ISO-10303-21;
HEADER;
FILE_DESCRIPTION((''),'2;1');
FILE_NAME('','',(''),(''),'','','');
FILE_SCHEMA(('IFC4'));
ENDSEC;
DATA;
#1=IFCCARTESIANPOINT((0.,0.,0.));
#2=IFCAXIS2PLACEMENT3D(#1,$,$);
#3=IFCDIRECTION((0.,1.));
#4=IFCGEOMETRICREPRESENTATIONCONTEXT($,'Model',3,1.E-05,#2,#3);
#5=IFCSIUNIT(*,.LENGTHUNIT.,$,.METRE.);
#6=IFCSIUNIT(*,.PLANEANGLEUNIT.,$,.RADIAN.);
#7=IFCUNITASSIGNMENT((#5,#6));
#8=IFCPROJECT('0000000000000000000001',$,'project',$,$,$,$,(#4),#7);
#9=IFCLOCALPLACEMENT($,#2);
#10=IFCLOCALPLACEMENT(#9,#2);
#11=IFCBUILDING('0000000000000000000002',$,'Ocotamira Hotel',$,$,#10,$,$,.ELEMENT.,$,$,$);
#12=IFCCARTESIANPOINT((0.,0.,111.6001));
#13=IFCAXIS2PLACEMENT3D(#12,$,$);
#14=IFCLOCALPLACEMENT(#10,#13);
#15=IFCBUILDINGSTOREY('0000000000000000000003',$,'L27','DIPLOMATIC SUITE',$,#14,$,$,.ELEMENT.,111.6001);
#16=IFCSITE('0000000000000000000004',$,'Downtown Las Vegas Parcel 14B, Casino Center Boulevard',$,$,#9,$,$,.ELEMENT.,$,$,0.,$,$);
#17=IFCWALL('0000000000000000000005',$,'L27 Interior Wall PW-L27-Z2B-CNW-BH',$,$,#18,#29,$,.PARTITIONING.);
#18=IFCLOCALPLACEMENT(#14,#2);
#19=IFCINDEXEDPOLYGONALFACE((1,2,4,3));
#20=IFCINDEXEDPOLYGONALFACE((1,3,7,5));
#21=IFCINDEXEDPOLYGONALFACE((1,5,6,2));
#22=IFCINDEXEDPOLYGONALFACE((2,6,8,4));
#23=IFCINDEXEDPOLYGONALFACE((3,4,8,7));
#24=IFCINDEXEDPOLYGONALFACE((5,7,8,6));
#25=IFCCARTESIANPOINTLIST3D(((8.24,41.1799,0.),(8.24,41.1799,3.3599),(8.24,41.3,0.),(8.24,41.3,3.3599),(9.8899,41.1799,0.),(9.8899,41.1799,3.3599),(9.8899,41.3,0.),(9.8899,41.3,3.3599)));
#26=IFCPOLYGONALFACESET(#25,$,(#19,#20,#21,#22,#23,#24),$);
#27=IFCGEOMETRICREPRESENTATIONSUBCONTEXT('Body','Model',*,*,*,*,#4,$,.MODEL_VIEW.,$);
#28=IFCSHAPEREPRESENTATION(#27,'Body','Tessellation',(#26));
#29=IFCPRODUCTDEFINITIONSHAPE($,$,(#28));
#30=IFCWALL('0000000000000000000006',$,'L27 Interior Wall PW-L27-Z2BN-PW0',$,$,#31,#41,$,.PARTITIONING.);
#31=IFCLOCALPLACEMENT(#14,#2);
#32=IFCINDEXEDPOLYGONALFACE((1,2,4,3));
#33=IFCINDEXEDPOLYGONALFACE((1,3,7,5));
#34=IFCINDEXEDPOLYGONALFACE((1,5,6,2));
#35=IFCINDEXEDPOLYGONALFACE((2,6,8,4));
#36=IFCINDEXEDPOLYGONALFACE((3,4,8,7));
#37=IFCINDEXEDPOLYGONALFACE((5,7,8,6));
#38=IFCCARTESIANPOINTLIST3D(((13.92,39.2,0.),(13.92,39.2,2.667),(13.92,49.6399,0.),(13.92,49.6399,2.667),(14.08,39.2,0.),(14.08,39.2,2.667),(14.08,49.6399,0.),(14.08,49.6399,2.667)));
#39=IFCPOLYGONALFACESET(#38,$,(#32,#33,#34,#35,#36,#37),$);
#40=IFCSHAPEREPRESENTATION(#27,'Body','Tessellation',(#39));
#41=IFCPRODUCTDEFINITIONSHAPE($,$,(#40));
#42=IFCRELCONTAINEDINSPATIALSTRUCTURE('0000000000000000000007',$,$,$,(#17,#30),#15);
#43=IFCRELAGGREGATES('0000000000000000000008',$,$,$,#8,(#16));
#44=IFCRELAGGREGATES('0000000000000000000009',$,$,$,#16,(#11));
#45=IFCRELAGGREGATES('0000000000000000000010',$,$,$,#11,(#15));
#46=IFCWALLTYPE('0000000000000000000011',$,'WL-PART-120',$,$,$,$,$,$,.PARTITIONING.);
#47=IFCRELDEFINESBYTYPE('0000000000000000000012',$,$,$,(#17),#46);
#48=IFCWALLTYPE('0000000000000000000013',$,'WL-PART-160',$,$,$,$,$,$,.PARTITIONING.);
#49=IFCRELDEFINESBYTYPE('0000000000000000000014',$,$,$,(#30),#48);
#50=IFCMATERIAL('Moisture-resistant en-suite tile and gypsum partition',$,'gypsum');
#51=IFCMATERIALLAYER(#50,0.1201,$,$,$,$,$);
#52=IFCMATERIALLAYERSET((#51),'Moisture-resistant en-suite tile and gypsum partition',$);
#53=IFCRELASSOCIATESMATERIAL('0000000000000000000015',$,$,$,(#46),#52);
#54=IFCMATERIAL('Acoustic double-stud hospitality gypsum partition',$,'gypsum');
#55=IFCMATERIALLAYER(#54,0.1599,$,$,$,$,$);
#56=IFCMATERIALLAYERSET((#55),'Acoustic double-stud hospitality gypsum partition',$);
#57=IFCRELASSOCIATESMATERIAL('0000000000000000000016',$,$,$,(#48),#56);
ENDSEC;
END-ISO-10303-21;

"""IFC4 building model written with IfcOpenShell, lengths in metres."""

from ifc_helpers import new_model, si_unit, direction, frame, frame_2d, origin, place, context, subcontext, project, spatial, rectangle, extrude, material, layer, layer_set, type_object, element, save


model = new_model("IFC4")

# Units and contexts
model_context = context("Model", 3, precision=1e-05, world=origin(), true_north=direction((0.0, 1.0)))
body_context = subcontext(model_context, "Body", "Model", "MODEL_VIEW")
ifc_project = project(units=[si_unit("LENGTHUNIT", "METRE"), si_unit("PLANEANGLEUNIT", "RADIAN")], contexts=[model_context])

# Site, building, storey
site_placement = place(None, origin())
site = spatial("IfcSite", under=ifc_project, at=site_placement, Name="Downtown Las Vegas Parcel 14B, Casino Center Boulevard", CompositionType="ELEMENT", RefElevation=0.0)
building_placement = place(site_placement, origin())
building = spatial("IfcBuilding", under=site, at=building_placement, Name="Ocotamira Hotel", CompositionType="ELEMENT")
storey_placement = place(building_placement, frame((0.0, 0.0, 111.6001)))
storey = spatial("IfcBuildingStorey", under=building, at=storey_placement, Name="L27", Description="DIPLOMATIC SUITE", CompositionType="ELEMENT", Elevation=111.6001)

# Shared definitions
ifc_material_1 = material(Name="Moisture-resistant en-suite tile and gypsum partition", Category="gypsum")
ifc_layer_1 = layer(ifc_material_1, 0.1201)
ifc_layer_set_1 = layer_set([ifc_layer_1], Name="Moisture-resistant en-suite tile and gypsum partition")
wall_type_1 = type_object("IfcWallType", Name="WL-PART-120", PredefinedType="PARTITIONING", material=ifc_layer_set_1)

# Walls
wall_1_placement = place(storey_placement, frame((8.24, 41.24, 0.0), z_axis=(0.0, 0.0, 1.0), x_axis=(1.0, 0.0, 0.0)))
element("IfcWall", 1, at=wall_1_placement, inside=storey, type_object=wall_type_1, Name="L27 Interior Wall PW-L27-Z2B-CNW-BH", PredefinedType="PARTITIONING", context=body_context, shape_type="SweptSolid", body=[
    extrude(rectangle(XDim=1.6499, YDim=0.1201, at=frame_2d((0.825, 0.0))), origin(), (0.0, 0.0, 1.0), 3.3599),
])
ifc_material_2 = material(Name="Acoustic double-stud hospitality gypsum partition", Category="gypsum")
ifc_layer_2 = layer(ifc_material_2, 0.1599)
ifc_layer_set_2 = layer_set([ifc_layer_2], Name="Acoustic double-stud hospitality gypsum partition")
wall_type_2 = type_object("IfcWallType", Name="WL-PART-160", PredefinedType="PARTITIONING", material=ifc_layer_set_2)
wall_2_placement = place(storey_placement, frame((14.0, 39.2, 0.0), z_axis=(0.0, 0.0, 1.0), x_axis=(0.0, 1.0, 0.0)))
element("IfcWall", 2, at=wall_2_placement, inside=storey, type_object=wall_type_2, Name="L27 Interior Wall PW-L27-Z2BN-PW0", PredefinedType="PARTITIONING", context=body_context, shape_type="SweptSolid", body=[
    extrude(rectangle(XDim=10.4399, YDim=0.1599, at=frame_2d((5.22, 0.0))), origin(), (0.0, 0.0, 1.0), 2.667),
])

save(model, "model.ifc")
